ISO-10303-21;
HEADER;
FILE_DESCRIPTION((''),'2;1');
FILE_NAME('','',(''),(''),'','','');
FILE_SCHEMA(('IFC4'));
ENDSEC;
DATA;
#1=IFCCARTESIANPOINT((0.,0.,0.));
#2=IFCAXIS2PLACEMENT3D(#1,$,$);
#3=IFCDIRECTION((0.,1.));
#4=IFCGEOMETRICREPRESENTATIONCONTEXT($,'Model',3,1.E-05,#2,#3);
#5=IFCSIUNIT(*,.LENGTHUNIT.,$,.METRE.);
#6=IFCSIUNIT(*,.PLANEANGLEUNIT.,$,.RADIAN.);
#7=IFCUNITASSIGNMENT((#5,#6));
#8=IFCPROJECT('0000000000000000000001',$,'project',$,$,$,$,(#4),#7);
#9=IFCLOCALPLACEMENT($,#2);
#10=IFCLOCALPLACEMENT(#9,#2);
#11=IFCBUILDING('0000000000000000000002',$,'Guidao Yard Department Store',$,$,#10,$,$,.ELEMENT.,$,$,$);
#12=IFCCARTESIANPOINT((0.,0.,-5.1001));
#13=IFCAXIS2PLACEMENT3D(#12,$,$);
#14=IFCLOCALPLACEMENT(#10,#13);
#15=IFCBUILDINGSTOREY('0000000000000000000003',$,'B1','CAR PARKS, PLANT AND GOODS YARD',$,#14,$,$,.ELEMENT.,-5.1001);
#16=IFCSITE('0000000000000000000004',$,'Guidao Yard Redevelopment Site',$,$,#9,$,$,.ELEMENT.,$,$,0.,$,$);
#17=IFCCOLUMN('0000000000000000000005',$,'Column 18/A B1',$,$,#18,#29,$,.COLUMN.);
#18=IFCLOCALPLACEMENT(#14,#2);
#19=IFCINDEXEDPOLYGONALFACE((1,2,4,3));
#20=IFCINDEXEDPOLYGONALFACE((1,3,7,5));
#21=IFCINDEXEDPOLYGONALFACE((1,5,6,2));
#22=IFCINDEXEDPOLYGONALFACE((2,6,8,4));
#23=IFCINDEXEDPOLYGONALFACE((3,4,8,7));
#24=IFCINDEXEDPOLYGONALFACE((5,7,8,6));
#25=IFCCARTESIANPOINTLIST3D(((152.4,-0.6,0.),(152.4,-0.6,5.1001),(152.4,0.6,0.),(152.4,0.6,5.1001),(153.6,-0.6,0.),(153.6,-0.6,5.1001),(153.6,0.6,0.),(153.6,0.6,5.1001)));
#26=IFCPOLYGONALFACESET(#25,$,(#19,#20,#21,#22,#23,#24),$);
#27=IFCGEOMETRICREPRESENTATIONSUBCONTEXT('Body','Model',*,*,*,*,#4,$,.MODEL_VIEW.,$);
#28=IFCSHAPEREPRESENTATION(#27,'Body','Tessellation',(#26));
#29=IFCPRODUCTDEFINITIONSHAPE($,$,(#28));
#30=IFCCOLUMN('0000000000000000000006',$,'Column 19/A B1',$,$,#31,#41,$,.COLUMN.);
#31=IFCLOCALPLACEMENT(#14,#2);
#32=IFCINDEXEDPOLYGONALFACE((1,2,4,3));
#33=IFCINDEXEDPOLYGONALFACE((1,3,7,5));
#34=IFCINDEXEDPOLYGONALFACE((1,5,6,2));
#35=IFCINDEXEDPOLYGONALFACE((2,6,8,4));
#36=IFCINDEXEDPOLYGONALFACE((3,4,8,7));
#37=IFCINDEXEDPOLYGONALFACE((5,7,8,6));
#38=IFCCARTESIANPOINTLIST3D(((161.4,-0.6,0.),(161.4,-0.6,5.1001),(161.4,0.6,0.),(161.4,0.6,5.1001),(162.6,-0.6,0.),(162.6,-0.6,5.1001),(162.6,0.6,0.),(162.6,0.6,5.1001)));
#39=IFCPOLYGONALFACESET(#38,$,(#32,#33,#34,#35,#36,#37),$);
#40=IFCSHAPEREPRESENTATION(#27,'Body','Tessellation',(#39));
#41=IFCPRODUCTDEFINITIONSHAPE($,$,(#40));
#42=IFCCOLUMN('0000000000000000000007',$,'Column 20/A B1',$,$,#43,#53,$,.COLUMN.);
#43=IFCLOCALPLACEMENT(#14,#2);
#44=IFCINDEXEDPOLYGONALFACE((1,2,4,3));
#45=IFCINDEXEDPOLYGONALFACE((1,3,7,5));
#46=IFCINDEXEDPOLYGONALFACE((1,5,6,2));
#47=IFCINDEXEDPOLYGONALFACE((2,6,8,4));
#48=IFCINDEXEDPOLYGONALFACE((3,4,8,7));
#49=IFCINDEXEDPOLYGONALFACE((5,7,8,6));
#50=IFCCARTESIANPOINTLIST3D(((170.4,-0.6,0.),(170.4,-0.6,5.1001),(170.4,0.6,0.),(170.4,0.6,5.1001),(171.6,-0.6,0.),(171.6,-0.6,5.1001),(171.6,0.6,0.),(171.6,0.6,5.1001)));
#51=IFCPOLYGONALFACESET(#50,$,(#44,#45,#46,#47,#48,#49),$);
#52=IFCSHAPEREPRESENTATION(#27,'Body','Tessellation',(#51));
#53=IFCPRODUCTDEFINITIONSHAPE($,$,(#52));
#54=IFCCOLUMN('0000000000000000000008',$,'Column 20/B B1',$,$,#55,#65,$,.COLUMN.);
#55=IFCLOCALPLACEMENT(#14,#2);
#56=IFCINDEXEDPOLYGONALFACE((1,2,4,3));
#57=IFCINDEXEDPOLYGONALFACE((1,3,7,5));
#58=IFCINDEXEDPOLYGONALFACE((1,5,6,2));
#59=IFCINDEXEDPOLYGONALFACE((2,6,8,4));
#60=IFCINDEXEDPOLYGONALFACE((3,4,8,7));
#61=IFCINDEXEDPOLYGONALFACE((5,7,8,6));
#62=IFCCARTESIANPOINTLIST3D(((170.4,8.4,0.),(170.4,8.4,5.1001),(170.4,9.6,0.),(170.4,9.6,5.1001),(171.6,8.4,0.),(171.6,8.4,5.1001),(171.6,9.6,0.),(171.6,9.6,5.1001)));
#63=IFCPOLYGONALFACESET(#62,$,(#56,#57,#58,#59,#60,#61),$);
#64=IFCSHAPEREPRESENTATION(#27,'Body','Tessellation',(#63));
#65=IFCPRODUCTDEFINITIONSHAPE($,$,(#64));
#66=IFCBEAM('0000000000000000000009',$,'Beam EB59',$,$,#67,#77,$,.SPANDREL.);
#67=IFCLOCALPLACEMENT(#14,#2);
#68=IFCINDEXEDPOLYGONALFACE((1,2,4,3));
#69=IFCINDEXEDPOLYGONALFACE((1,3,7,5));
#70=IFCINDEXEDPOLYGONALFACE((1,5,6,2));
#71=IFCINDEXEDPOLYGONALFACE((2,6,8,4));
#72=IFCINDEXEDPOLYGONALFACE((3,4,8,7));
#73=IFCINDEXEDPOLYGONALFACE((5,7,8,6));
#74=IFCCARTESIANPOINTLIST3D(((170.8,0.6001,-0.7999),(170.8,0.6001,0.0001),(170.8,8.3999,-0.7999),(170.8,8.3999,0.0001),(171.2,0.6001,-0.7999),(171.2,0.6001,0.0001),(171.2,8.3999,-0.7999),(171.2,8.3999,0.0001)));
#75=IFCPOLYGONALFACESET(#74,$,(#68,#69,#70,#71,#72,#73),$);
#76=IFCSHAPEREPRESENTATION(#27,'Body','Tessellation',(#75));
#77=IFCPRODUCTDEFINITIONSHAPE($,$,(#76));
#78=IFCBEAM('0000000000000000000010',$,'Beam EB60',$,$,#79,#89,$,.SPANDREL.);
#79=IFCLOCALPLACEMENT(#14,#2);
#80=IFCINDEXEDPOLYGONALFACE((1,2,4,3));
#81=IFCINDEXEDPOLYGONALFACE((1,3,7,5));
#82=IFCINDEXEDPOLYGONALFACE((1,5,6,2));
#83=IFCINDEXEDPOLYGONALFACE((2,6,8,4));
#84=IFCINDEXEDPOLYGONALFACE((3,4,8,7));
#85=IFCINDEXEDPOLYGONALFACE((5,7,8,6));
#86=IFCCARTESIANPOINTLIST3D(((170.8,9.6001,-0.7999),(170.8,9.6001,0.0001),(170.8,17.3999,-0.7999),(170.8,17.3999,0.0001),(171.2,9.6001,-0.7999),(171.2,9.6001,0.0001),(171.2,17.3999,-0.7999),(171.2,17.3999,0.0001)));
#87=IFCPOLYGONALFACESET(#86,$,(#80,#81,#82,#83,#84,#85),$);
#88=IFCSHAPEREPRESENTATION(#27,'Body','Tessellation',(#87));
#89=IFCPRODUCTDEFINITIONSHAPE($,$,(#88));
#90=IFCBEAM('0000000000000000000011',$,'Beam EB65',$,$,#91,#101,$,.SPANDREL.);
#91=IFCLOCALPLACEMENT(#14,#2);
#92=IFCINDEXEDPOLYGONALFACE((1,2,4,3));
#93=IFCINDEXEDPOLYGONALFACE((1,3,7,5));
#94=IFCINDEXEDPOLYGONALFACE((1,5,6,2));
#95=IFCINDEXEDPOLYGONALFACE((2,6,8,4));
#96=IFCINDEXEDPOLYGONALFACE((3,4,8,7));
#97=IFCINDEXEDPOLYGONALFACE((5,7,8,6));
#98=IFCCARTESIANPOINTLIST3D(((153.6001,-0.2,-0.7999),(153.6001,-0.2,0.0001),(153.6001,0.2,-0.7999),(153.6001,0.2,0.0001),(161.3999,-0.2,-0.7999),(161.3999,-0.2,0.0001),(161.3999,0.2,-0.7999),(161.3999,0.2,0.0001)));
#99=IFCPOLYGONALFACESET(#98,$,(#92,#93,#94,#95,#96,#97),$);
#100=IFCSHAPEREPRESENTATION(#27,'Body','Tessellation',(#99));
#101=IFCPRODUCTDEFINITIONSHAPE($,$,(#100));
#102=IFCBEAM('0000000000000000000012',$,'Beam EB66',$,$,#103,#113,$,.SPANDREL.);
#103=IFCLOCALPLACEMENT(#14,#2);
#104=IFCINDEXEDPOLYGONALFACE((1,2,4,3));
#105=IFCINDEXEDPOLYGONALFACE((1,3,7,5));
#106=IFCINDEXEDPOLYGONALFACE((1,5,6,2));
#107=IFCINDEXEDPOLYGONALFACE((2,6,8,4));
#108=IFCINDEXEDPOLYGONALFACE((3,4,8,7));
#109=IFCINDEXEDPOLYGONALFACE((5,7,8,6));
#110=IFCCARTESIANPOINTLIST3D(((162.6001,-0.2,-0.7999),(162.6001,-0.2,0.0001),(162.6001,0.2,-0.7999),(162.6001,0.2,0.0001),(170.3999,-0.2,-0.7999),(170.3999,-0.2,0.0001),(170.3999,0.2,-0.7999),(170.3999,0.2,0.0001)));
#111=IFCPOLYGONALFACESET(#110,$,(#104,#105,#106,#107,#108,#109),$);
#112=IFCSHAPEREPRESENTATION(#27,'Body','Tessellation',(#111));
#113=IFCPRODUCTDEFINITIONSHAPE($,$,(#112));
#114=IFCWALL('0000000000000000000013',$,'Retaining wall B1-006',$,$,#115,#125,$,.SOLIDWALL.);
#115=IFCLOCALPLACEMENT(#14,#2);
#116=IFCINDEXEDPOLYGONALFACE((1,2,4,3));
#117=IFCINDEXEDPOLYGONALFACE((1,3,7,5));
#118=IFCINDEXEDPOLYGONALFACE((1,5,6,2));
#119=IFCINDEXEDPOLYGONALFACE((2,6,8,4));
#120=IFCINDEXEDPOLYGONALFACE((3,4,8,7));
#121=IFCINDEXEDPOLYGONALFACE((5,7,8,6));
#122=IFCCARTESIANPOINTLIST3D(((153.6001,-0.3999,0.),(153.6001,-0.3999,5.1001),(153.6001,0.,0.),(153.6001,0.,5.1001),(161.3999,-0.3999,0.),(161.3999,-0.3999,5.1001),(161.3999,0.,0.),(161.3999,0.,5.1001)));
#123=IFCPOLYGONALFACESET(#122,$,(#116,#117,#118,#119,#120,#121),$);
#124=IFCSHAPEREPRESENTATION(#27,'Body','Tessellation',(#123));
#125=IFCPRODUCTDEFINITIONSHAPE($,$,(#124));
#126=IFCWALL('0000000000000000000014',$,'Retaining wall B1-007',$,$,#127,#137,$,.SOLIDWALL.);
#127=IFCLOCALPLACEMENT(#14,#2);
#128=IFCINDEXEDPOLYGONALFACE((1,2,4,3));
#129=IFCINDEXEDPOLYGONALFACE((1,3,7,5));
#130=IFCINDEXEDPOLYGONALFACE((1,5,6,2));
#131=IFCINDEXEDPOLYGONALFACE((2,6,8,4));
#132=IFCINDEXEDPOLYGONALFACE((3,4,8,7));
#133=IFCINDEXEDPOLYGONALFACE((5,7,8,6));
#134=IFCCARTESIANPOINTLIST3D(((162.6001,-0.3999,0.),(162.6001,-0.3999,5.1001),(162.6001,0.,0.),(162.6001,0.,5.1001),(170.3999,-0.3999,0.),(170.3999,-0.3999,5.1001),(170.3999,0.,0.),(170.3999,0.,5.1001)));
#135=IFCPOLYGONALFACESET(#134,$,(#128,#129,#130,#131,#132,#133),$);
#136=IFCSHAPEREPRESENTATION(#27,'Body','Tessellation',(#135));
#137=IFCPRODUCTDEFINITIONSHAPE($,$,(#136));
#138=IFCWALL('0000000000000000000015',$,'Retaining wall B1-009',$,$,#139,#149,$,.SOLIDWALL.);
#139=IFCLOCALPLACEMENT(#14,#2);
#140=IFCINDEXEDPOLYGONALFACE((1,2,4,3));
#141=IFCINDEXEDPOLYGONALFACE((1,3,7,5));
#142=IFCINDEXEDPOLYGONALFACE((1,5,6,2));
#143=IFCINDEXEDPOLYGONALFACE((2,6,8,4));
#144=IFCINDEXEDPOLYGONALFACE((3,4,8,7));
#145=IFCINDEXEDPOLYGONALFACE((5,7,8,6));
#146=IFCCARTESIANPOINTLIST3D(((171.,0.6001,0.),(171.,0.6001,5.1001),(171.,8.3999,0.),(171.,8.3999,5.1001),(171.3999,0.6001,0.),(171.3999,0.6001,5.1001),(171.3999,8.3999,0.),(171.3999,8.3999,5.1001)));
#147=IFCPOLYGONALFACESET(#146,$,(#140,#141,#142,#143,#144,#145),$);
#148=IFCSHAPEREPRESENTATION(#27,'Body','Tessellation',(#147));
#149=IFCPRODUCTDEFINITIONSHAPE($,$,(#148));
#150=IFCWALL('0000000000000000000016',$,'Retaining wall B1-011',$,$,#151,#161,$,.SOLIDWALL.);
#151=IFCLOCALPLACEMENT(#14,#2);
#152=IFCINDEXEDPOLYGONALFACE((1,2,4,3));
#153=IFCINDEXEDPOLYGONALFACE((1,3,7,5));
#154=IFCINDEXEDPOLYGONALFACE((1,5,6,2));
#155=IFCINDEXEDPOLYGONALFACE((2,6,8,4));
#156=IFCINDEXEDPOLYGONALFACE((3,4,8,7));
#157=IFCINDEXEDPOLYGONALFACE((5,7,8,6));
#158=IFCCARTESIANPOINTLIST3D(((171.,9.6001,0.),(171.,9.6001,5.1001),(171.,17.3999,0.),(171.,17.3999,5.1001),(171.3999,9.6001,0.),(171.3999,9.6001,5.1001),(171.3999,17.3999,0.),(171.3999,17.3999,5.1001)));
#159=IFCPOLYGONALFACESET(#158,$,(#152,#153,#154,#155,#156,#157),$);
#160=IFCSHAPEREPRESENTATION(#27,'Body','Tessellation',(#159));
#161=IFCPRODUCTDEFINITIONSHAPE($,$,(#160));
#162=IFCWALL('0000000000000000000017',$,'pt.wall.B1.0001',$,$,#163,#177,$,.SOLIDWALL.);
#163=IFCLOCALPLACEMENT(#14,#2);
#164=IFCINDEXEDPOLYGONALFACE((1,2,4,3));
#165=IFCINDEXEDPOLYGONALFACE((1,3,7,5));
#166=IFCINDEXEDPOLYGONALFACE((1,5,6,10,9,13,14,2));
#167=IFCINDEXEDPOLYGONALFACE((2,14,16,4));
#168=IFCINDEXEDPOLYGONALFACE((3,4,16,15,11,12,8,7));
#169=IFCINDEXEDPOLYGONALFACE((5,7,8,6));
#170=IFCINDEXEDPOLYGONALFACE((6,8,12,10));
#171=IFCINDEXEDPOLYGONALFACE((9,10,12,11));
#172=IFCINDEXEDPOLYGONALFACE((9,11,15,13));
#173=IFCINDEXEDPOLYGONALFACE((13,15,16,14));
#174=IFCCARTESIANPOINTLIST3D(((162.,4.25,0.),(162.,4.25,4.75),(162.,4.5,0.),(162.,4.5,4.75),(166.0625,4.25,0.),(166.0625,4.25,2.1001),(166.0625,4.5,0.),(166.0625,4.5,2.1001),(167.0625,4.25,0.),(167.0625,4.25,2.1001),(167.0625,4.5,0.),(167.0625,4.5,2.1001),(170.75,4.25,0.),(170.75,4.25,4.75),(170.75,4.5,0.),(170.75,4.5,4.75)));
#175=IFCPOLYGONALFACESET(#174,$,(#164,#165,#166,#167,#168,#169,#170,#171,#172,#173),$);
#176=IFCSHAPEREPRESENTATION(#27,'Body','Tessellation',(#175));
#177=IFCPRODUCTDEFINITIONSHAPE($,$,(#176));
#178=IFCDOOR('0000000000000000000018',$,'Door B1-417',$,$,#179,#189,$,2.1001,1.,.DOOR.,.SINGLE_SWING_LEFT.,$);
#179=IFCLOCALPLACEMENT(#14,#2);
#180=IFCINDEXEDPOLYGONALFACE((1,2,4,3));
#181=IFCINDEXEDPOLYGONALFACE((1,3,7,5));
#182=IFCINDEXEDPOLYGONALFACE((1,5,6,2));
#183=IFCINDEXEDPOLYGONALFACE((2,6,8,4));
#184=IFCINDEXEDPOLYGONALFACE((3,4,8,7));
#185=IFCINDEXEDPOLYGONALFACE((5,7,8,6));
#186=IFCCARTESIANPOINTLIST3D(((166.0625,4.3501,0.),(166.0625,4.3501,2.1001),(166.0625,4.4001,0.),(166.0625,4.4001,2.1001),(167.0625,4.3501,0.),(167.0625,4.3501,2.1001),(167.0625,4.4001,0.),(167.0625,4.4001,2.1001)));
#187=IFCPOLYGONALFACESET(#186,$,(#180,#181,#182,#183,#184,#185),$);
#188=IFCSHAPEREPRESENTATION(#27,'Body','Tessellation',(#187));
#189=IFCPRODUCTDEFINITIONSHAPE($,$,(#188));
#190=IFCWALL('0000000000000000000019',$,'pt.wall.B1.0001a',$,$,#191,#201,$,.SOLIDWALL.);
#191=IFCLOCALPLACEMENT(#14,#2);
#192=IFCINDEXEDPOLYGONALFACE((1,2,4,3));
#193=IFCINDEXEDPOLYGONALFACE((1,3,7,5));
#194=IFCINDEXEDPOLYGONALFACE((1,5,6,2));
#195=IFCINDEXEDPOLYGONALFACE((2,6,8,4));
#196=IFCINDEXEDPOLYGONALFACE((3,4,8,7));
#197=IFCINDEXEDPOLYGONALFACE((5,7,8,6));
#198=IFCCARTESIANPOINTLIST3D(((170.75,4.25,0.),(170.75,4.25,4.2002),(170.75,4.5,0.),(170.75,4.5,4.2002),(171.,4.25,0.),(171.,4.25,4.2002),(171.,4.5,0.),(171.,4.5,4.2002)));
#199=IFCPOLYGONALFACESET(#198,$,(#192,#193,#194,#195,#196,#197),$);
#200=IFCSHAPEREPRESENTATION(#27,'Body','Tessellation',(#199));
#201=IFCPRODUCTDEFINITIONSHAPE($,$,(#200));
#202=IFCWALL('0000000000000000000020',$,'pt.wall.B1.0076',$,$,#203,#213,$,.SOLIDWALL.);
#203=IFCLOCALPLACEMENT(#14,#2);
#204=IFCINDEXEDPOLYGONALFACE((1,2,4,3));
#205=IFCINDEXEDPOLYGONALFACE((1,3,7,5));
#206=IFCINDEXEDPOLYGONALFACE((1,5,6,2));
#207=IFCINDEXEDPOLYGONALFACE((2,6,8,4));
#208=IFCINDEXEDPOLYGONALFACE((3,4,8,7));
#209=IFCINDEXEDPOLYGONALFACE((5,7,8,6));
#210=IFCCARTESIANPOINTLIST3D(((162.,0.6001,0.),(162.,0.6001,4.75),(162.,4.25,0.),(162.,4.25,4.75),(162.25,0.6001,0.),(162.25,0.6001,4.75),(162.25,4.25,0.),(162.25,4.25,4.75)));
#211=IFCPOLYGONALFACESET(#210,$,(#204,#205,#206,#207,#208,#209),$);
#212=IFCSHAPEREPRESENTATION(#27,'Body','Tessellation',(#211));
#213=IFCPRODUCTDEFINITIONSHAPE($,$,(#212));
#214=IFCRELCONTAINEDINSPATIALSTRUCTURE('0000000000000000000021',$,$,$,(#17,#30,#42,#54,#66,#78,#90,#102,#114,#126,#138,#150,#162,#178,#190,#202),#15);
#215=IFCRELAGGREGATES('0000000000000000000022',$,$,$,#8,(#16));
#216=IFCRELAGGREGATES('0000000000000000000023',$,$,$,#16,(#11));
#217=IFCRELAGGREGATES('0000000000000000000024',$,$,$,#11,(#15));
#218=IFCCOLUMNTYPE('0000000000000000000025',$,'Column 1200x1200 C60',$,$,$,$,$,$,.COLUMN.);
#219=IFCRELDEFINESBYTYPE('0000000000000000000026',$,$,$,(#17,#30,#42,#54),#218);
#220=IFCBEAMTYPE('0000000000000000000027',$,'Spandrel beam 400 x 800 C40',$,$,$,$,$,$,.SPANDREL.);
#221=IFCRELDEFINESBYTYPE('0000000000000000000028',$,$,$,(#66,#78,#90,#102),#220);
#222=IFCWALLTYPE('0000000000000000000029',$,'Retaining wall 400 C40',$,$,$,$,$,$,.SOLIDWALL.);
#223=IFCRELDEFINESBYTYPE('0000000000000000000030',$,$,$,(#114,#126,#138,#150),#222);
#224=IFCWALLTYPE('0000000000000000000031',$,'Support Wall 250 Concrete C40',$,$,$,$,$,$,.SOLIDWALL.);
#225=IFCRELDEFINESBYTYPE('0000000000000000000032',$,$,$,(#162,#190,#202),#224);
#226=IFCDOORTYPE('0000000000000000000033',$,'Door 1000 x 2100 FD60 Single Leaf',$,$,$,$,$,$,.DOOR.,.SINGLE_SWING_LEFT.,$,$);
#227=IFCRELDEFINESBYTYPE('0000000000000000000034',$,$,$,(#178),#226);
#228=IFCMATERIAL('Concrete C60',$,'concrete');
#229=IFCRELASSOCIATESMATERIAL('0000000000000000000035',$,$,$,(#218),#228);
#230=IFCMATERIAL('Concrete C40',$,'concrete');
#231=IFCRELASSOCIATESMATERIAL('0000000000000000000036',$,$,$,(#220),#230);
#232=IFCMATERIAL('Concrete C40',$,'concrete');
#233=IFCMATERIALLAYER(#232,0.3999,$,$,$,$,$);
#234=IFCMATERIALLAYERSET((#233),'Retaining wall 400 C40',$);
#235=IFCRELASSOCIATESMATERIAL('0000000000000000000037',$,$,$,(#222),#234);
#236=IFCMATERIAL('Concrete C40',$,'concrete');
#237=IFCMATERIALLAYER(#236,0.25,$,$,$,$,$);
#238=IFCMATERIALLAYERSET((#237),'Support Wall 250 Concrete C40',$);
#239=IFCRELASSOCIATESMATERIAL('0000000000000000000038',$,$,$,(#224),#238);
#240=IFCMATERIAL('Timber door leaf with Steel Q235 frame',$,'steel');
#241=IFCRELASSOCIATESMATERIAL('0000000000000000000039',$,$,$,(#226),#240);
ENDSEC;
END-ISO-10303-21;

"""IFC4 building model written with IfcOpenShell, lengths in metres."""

from ifc_helpers import new_model, si_unit, direction, frame, frame_2d, origin, origin_2d, place, context, subcontext, project, spatial, rectangle, extrude, material, layer, layer_set, material_profile, profile_set, type_object, element, fill, save


model = new_model("IFC4")

# Units and contexts
model_context = context("Model", 3, precision=1e-05, world=origin(), true_north=direction((0.0, 1.0)))
body_context = subcontext(model_context, "Body", "Model", "MODEL_VIEW")
ifc_project = project(units=[si_unit("LENGTHUNIT", "METRE"), si_unit("PLANEANGLEUNIT", "RADIAN")], contexts=[model_context])

# Site, building, storey
site_placement = place(None, origin())
site = spatial("IfcSite", under=ifc_project, at=site_placement, Name="Guidao Yard Redevelopment Site", CompositionType="ELEMENT", RefElevation=0.0)
building_placement = place(site_placement, origin())
building = spatial("IfcBuilding", under=site, at=building_placement, Name="Guidao Yard Department Store", CompositionType="ELEMENT")
storey_placement = place(building_placement, frame((0.0, 0.0, -5.1001)))
storey = spatial("IfcBuildingStorey", under=building, at=storey_placement, Name="B1", Description="CAR PARKS, PLANT AND GOODS YARD", CompositionType="ELEMENT", Elevation=-5.1001)

# Columns
ifc_material_1 = material(Name="Concrete C60", Category="concrete")
ifc_material_profile_1 = material_profile(ifc_material_1, rectangle(XDim=1.2, YDim=1.2, at=origin_2d()), Name="COL 1200x1200")
ifc_profile_set_1 = profile_set([ifc_material_profile_1], Name="Concrete C60")
column_type = type_object("IfcColumnType", Name="Column 1200x1200 C60", PredefinedType="COLUMN", material=ifc_profile_set_1)
for number, where, z_axis, x_axis, name in (
    (1, (153.0, 0.0, 0.0), (0.0, 0.0, 1.0), (1.0, 0.0, 0.0), "Column 18/A B1"),
    (2, (162.0, 0.0, 0.0), (0.0, 0.0, 1.0), (1.0, 0.0, 0.0), "Column 19/A B1"),
    (3, (171.0, 0.0, 0.0), (0.0, 0.0, 1.0), (1.0, 0.0, 0.0), "Column 20/A B1"),
    (4, (171.0, 9.0, 0.0), (0.0, 0.0, 1.0), (1.0, 0.0, 0.0), "Column 20/B B1"),
):
    element("IfcColumn", number, at=place(storey_placement, frame(where, z_axis=z_axis, x_axis=x_axis)), inside=storey, type_object=column_type, Name=name, PredefinedType="COLUMN", context=body_context, shape_type="SweptSolid", body=[
        extrude(rectangle(XDim=1.2, YDim=1.2, at=origin_2d()), origin(), (0.0, 0.0, 1.0), 5.1001),
    ])

# Beams
ifc_material_2 = material(Name="Concrete C40", Category="concrete")
ifc_material_profile_2 = material_profile(ifc_material_2, rectangle(XDim=0.3999, YDim=0.8, at=origin_2d()), Name="Spandrel beam 400 x 800 C40")
ifc_profile_set_2 = profile_set([ifc_material_profile_2], Name="Concrete C40")
beam_type = type_object("IfcBeamType", Name="Spandrel beam 400 x 800 C40", PredefinedType="SPANDREL", material=ifc_profile_set_2)
for number, where, z_axis, x_axis, name in (
    (5, (171.0, 0.6001, -0.3999), (0.0, 1.0, 0.0), (-1.0, 0.0, 0.0), "Beam EB59"),
    (6, (171.0, 9.6001, -0.3999), (0.0, 1.0, 0.0), (-1.0, 0.0, 0.0), "Beam EB60"),
    (7, (153.6001, 0.0, -0.3999), (1.0, 0.0, 0.0), (0.0, 1.0, 0.0), "Beam EB65"),
    (8, (162.6001, 0.0, -0.3999), (1.0, 0.0, 0.0), (0.0, 1.0, 0.0), "Beam EB66"),
):
    element("IfcBeam", number, at=place(storey_placement, frame(where, z_axis=z_axis, x_axis=x_axis)), inside=storey, type_object=beam_type, Name=name, PredefinedType="SPANDREL", context=body_context, shape_type="SweptSolid", body=[
        extrude(rectangle(XDim=0.3999, YDim=0.8, at=origin_2d()), origin(), (0.0, 0.0, 1.0), 7.7998),
    ])

# Walls
ifc_material_3 = material(Name="Concrete C40", Category="concrete")
ifc_layer_1 = layer(ifc_material_3, 0.3999)
ifc_layer_set_1 = layer_set([ifc_layer_1], Name="Retaining wall 400 C40")
wall_type_1 = type_object("IfcWallType", Name="Retaining wall 400 C40", PredefinedType="SOLIDWALL", material=ifc_layer_set_1)
for number, where, z_axis, x_axis, name in (
    (9, (153.6001, -0.2, 0.0), (0.0, 0.0, 1.0), (1.0, 0.0, 0.0), "Retaining wall B1-006"),
    (10, (162.6001, -0.2, 0.0), (0.0, 0.0, 1.0), (1.0, 0.0, 0.0), "Retaining wall B1-007"),
    (11, (171.2, 0.6001, 0.0), (0.0, 0.0, 1.0), (0.0, 1.0, 0.0), "Retaining wall B1-009"),
    (12, (171.2, 9.6001, 0.0), (0.0, 0.0, 1.0), (0.0, 1.0, 0.0), "Retaining wall B1-011"),
):
    element("IfcWall", number, at=place(storey_placement, frame(where, z_axis=z_axis, x_axis=x_axis)), inside=storey, type_object=wall_type_1, Name=name, PredefinedType="SOLIDWALL", context=body_context, shape_type="SweptSolid", body=[
        extrude(rectangle(XDim=7.7998, YDim=0.3999, at=frame_2d((3.8999, 0.0))), origin(), (0.0, 0.0, 1.0), 5.1001),
    ])

# Wall, opening, door
ifc_material_4 = material(Name="Concrete C40", Category="concrete")
ifc_layer_2 = layer(ifc_material_4, 0.25)
ifc_layer_set_2 = layer_set([ifc_layer_2], Name="Support Wall 250 Concrete C40")
wall_type_2 = type_object("IfcWallType", Name="Support Wall 250 Concrete C40", PredefinedType="SOLIDWALL", material=ifc_layer_set_2)
wall_1_placement = place(storey_placement, frame((162.0, 4.375, 0.0), z_axis=(0.0, 0.0, 1.0), x_axis=(1.0, 0.0, 0.0)))
wall_1 = element("IfcWall", 13, at=wall_1_placement, inside=storey, type_object=wall_type_2, Name="pt.wall.B1.0001", PredefinedType="SOLIDWALL", context=body_context, shape_type="SweptSolid", body=[
    extrude(rectangle(XDim=8.75, YDim=0.25, at=frame_2d((4.375, 0.0))), origin(), (0.0, 0.0, 1.0), 4.75),
])
opening_1_placement = place(wall_1_placement, frame((5.0625, 0.0, 0.0), z_axis=(0.0, 0.0, 1.0), x_axis=(-1.0, 0.0, 0.0)))
opening_1 = element("IfcOpeningElement", 14, at=opening_1_placement, cuts=wall_1, PredefinedType="OPENING", context=body_context, shape_type="SweptSolid", body=[
    extrude(rectangle(XDim=1.0, YDim=2.1001, at=frame_2d((0.5, 1.05))), frame((0.0, 0.135, 0.0), z_axis=(0.0, -1.0, 0.0), x_axis=(1.0, 0.0, 0.0)), (0.0, 0.0, 1.0), 0.27),
])
ifc_material_5 = material(Name="Timber door leaf with Steel Q235 frame", Category="steel")
door_type_1 = type_object("IfcDoorType", Name="Door 1000 x 2100 FD60 Single Leaf", OperationType="SINGLE_SWING_LEFT", PredefinedType="DOOR", material=ifc_material_5)
door_1_placement = place(opening_1_placement, origin())
door_1 = element("IfcDoor", 15, at=door_1_placement, inside=storey, type_object=door_type_1, Name="Door B1-417", OperationType="SINGLE_SWING_LEFT", OverallHeight=2.1001, OverallWidth=1.0, PredefinedType="DOOR", context=body_context, shape_type="SweptSolid", body=[
    extrude(rectangle(XDim=1.0, YDim=2.1001, at=frame_2d((0.5, 1.05))), frame((0.0, 0.0249, 0.0), z_axis=(0.0, -1.0, 0.0), x_axis=(1.0, 0.0, 0.0)), (0.0, 0.0, 1.0), 0.05),
])
fill(opening_1, door_1)

# Walls
wall_2_placement = place(storey_placement, frame((170.75, 4.375, 0.0), z_axis=(0.0, 0.0, 1.0), x_axis=(1.0, 0.0, 0.0)))
element("IfcWall", 16, at=wall_2_placement, inside=storey, type_object=wall_type_2, Name="pt.wall.B1.0001a", PredefinedType="SOLIDWALL", context=body_context, shape_type="SweptSolid", body=[
    extrude(rectangle(XDim=0.25, YDim=0.25, at=frame_2d((0.125, 0.0))), origin(), (0.0, 0.0, 1.0), 4.2002),
])
wall_3_placement = place(storey_placement, frame((162.125, 0.6001, 0.0), z_axis=(0.0, 0.0, 1.0), x_axis=(0.0, 1.0, 0.0)))
element("IfcWall", 17, at=wall_3_placement, inside=storey, type_object=wall_type_2, Name="pt.wall.B1.0076", PredefinedType="SOLIDWALL", context=body_context, shape_type="SweptSolid", body=[
    extrude(rectangle(XDim=3.6499, YDim=0.25, at=frame_2d((1.825, 0.0))), origin(), (0.0, 0.0, 1.0), 4.75),
])

save(model, "model.ifc")
